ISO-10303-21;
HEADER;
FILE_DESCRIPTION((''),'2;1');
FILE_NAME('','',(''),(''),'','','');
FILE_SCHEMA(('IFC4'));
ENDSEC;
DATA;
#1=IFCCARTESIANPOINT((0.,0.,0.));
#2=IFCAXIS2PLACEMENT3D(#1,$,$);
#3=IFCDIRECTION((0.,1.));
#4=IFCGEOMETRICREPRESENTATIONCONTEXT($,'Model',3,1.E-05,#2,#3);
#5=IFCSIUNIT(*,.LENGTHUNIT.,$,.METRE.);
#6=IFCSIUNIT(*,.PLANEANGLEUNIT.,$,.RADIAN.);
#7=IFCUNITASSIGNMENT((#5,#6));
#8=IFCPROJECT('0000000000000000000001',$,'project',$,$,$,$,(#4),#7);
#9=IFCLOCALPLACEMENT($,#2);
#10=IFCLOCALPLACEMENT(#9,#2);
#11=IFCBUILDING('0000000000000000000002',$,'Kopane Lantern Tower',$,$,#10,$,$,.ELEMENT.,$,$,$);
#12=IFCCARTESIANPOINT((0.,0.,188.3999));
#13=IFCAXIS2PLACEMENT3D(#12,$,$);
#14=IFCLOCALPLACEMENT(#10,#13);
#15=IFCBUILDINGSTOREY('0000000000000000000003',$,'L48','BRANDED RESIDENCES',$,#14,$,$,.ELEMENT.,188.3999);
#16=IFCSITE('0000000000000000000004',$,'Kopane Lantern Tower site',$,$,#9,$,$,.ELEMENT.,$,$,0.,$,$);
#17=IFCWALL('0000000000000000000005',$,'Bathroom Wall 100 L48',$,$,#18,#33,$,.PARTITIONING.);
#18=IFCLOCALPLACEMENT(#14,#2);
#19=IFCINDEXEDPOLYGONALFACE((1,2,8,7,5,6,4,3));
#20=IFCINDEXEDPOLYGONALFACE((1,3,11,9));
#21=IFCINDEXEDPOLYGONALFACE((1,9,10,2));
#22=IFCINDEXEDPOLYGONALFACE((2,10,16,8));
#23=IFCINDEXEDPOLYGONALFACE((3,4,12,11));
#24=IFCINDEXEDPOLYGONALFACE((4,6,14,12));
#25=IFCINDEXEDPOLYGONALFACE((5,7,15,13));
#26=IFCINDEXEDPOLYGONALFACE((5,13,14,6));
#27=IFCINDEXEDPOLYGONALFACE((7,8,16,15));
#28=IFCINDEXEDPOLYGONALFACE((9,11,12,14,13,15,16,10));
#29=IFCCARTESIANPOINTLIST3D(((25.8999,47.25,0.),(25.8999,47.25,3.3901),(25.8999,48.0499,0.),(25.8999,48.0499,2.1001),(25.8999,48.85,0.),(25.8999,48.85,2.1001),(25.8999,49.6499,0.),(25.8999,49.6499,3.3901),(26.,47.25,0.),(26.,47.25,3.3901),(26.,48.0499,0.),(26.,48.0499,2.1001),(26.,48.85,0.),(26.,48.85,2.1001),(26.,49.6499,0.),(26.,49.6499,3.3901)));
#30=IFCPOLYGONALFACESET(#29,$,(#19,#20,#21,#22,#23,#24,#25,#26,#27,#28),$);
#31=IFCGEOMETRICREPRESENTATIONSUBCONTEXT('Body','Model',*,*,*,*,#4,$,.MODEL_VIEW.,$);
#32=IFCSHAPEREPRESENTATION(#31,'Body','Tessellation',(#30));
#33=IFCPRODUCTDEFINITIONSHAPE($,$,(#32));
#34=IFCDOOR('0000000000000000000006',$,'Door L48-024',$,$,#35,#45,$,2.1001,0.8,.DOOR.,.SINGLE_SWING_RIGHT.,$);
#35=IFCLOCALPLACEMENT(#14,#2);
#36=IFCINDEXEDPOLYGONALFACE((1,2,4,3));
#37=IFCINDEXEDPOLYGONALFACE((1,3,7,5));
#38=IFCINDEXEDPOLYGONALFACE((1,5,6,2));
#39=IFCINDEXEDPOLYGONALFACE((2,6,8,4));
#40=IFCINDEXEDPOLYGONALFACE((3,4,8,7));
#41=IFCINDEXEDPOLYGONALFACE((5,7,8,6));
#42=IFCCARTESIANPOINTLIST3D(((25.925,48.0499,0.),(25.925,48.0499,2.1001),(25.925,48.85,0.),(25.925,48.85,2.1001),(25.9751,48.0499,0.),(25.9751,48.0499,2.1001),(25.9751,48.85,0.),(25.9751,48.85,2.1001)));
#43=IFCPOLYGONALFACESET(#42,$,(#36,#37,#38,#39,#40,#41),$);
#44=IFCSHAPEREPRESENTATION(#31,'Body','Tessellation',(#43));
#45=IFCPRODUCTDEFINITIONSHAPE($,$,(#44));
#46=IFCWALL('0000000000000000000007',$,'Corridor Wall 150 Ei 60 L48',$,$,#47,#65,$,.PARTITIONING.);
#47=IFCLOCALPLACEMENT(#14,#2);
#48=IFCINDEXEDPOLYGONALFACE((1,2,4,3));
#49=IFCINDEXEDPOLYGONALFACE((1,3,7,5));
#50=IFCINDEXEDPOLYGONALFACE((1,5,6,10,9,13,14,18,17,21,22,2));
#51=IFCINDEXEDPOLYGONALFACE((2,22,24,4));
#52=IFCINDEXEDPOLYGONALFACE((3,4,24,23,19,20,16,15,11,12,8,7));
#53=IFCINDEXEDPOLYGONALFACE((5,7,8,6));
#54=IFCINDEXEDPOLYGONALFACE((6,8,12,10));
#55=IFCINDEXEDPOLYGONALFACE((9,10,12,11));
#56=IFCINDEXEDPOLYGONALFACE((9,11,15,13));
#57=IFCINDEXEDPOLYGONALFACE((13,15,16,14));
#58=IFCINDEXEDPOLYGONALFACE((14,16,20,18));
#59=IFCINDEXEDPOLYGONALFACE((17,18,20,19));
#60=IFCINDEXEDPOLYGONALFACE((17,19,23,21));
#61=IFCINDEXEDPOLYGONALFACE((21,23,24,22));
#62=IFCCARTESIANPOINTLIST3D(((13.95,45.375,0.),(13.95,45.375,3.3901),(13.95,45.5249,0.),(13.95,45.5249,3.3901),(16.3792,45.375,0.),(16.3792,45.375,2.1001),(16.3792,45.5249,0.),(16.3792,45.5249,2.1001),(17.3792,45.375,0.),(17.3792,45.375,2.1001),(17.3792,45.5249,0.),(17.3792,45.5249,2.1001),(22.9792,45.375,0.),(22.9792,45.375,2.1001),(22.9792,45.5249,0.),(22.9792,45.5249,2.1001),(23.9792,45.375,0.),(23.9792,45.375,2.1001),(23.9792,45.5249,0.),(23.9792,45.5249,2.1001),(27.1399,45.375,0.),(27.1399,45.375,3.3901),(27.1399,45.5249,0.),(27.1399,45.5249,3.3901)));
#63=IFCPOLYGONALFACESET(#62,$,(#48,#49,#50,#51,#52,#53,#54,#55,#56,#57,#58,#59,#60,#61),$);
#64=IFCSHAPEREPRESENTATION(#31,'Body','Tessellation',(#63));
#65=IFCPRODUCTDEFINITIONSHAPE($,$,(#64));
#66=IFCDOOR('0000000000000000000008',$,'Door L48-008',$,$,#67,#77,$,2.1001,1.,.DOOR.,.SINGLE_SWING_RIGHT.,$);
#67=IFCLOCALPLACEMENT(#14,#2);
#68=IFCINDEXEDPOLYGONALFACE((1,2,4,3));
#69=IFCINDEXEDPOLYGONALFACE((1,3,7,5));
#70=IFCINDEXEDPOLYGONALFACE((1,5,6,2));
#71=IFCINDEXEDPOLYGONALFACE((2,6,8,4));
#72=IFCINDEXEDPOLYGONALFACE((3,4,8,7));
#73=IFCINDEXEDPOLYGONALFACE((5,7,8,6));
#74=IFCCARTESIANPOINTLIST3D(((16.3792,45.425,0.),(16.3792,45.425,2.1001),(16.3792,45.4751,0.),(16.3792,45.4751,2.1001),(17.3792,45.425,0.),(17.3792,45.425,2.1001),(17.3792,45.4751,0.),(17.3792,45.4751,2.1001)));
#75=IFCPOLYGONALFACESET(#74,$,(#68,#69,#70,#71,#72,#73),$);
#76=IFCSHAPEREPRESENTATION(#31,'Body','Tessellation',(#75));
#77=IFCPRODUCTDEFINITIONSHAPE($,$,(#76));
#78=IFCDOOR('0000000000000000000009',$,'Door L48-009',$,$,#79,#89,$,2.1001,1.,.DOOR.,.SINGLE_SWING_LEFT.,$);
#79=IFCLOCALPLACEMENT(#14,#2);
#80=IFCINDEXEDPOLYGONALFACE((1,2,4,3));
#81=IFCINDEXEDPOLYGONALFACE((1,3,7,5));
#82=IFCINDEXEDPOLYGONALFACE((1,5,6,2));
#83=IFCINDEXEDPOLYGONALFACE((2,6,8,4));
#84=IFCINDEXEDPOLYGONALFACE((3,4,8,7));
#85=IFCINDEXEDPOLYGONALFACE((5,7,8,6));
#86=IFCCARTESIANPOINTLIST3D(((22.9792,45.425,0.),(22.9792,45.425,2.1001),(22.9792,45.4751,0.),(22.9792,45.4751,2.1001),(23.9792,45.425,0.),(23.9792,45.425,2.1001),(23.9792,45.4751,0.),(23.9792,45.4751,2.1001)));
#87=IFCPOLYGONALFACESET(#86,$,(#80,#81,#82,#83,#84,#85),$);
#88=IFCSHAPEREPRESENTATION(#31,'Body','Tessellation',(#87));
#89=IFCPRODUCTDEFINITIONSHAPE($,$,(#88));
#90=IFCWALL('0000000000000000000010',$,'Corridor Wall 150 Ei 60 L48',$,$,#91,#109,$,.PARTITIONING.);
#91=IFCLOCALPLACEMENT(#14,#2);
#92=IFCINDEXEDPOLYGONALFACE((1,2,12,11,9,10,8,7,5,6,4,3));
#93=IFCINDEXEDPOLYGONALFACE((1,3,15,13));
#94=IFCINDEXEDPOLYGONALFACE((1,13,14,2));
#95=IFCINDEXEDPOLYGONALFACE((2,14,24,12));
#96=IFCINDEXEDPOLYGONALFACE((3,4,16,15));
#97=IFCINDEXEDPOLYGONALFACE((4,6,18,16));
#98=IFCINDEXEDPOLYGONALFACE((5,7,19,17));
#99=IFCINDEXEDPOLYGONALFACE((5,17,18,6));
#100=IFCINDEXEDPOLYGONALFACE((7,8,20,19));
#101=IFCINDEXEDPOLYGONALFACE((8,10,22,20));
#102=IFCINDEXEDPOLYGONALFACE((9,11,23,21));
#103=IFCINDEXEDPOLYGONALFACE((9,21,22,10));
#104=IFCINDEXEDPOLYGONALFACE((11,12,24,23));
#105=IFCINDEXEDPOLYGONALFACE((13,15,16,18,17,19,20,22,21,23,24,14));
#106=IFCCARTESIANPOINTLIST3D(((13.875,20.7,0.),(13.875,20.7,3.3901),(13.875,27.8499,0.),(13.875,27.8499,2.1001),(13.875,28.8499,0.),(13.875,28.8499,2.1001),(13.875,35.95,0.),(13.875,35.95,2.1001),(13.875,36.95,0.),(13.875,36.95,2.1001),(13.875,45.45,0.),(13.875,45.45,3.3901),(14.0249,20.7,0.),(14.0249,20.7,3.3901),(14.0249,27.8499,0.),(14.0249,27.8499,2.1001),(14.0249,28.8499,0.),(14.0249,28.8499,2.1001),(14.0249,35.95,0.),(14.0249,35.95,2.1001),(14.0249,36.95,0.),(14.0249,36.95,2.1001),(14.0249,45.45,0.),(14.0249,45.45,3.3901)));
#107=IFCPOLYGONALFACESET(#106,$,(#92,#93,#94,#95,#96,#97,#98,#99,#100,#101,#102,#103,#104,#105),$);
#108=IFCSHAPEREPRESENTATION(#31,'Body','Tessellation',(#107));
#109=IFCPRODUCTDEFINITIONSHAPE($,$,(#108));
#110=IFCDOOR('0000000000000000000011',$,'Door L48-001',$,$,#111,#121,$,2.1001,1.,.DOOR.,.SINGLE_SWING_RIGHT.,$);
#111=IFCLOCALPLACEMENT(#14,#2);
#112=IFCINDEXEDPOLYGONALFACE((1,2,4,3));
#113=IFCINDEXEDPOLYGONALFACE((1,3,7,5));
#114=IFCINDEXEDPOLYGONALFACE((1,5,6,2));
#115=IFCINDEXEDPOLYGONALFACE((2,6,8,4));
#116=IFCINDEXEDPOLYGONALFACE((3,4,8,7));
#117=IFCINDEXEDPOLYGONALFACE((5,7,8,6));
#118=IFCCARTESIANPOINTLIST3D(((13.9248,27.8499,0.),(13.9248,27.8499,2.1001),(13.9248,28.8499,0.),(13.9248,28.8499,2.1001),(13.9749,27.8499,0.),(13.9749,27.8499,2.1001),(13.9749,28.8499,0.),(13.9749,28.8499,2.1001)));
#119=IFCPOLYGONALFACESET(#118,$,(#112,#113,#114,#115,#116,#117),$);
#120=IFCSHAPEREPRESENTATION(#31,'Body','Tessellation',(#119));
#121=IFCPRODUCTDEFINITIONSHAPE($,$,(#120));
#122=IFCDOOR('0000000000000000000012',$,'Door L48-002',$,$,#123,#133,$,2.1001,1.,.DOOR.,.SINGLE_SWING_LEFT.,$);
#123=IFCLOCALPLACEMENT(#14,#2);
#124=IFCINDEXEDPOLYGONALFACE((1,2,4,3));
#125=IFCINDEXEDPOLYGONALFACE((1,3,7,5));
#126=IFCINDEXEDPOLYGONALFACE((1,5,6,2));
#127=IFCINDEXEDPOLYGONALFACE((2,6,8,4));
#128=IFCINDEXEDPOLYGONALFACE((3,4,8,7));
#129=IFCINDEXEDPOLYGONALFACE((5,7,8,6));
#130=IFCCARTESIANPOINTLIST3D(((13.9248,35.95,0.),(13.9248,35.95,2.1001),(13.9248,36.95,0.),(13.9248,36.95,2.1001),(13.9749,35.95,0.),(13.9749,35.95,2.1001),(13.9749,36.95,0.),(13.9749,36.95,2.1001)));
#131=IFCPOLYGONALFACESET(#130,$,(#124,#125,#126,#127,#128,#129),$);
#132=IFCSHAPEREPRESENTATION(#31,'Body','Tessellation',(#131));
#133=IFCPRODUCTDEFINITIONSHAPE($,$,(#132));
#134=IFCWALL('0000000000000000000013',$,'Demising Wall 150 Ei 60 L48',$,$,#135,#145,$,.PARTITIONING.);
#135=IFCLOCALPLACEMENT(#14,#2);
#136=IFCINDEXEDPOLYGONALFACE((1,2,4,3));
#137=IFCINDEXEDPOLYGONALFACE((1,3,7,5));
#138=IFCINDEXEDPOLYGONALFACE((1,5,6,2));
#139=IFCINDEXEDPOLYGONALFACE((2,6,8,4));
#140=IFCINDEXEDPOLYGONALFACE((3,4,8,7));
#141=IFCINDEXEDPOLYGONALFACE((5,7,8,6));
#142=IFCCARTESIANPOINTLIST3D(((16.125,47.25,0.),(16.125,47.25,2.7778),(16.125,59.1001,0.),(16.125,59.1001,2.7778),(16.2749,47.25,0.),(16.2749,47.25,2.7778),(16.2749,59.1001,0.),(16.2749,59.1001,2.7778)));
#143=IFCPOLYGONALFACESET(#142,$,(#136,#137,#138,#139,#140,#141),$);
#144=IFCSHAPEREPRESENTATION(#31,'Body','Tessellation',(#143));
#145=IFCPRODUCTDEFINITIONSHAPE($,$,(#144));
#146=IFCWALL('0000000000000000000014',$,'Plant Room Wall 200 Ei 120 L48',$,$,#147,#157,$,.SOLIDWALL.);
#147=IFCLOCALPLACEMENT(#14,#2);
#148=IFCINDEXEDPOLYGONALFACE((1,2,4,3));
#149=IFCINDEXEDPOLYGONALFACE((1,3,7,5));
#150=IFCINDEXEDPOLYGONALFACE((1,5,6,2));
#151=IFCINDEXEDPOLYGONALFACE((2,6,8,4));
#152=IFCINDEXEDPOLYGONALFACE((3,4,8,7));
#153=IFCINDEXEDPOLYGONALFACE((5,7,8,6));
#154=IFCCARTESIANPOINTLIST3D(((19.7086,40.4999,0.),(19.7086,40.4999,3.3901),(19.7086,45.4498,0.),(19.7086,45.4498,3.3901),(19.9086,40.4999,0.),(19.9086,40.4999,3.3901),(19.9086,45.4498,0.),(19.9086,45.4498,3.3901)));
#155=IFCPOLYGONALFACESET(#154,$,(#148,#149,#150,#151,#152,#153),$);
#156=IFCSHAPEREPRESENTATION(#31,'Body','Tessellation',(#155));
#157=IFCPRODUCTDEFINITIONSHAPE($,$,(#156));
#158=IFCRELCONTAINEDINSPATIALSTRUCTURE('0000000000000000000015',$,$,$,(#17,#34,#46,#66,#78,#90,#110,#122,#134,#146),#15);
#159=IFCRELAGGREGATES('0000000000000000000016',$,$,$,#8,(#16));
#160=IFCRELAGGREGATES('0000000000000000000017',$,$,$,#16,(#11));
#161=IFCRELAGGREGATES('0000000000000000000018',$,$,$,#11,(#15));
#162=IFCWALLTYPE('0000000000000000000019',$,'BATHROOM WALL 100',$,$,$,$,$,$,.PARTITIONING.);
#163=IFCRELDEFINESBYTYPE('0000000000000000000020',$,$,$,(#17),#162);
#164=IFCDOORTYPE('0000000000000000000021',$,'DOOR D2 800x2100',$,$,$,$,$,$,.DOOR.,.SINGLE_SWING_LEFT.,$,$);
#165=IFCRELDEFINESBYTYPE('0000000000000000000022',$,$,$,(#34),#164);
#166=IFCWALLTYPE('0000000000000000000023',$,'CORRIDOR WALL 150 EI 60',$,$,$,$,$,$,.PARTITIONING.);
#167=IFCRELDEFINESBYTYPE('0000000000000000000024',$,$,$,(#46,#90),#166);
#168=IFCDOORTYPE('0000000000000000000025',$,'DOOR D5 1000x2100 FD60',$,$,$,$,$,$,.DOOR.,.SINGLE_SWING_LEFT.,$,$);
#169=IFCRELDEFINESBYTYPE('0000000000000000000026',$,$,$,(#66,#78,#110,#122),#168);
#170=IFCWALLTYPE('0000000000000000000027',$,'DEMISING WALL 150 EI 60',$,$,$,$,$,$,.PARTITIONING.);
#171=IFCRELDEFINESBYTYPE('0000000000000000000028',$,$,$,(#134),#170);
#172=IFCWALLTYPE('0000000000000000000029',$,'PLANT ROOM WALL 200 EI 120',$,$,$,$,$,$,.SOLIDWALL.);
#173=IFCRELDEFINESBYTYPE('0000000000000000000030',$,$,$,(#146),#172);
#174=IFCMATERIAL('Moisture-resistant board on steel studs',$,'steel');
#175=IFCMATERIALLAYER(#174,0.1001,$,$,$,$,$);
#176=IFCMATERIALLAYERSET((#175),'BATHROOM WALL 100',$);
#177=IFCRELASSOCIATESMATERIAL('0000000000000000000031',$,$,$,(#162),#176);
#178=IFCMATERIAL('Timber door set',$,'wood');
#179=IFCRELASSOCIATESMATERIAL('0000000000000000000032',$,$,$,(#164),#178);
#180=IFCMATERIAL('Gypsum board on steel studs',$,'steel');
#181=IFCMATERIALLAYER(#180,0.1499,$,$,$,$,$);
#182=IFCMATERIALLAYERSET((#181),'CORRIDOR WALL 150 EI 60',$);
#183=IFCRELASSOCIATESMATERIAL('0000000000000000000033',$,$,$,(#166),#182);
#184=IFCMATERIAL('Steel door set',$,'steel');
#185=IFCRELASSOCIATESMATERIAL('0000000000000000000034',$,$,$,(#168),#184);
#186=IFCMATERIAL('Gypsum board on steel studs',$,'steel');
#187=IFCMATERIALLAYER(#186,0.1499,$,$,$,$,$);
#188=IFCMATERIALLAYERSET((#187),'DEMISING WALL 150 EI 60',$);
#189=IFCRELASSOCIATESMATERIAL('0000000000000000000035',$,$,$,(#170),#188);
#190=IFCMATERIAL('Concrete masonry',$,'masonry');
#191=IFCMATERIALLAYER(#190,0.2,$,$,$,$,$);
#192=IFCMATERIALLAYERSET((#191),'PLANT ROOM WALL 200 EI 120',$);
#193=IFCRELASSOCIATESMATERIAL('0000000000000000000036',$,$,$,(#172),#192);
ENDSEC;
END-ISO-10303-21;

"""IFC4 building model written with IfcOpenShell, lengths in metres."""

from ifc_helpers import new_model, si_unit, direction, frame, frame_2d, origin, place, context, subcontext, project, spatial, rectangle, extrude, material, layer, layer_set, type_object, element, fill, save


model = new_model("IFC4")

# Units and contexts
model_context = context("Model", 3, precision=1e-05, world=origin(), true_north=direction((0.0, 1.0)))
body_context = subcontext(model_context, "Body", "Model", "MODEL_VIEW")
ifc_project = project(units=[si_unit("LENGTHUNIT", "METRE"), si_unit("PLANEANGLEUNIT", "RADIAN")], contexts=[model_context])

# Site, building, storey
site_placement = place(None, origin())
site = spatial("IfcSite", under=ifc_project, at=site_placement, Name="Kopane Lantern Tower site", CompositionType="ELEMENT", RefElevation=0.0)
building_placement = place(site_placement, origin())
building = spatial("IfcBuilding", under=site, at=building_placement, Name="Kopane Lantern Tower", CompositionType="ELEMENT")
storey_placement = place(building_placement, frame((0.0, 0.0, 188.3999)))
storey = spatial("IfcBuildingStorey", under=building, at=storey_placement, Name="L48", Description="BRANDED RESIDENCES", CompositionType="ELEMENT", Elevation=188.3999)

# Wall, opening, door
ifc_material_1 = material(Name="Moisture-resistant board on steel studs", Category="steel")
ifc_layer_1 = layer(ifc_material_1, 0.1001)
ifc_layer_set_1 = layer_set([ifc_layer_1], Name="BATHROOM WALL 100")
wall_type_1 = type_object("IfcWallType", Name="BATHROOM WALL 100", PredefinedType="PARTITIONING", material=ifc_layer_set_1)
wall_1_placement = place(storey_placement, frame((25.95, 47.25, 0.0), z_axis=(0.0, 0.0, 1.0), x_axis=(0.0, 1.0, 0.0)))
wall_1 = element("IfcWall", 1, at=wall_1_placement, inside=storey, type_object=wall_type_1, Name="Bathroom Wall 100 L48", PredefinedType="PARTITIONING", context=body_context, shape_type="SweptSolid", body=[
    extrude(rectangle(XDim=2.3999, YDim=0.1001, at=frame_2d((1.2, 0.0))), origin(), (0.0, 0.0, 1.0), 3.3901),
])
opening_1_placement = place(wall_1_placement, frame((0.8, 0.0, 0.0)))
opening_1 = element("IfcOpeningElement", 2, at=opening_1_placement, cuts=wall_1, PredefinedType="OPENING", context=body_context, shape_type="SweptSolid", body=[
    extrude(rectangle(XDim=0.8, YDim=2.1001, at=frame_2d((0.3999, 1.05))), frame((0.0, 0.0601, 0.0), z_axis=(0.0, -1.0, 0.0), x_axis=(1.0, 0.0, 0.0)), (0.0, 0.0, 1.0), 0.1201),
])
ifc_material_2 = material(Name="Timber door set", Category="wood")
door_type_1 = type_object("IfcDoorType", Name="DOOR D2 800x2100", OperationType="SINGLE_SWING_LEFT", PredefinedType="DOOR", material=ifc_material_2)
door_1_placement = place(opening_1_placement, origin())
door_1 = element("IfcDoor", 3, at=door_1_placement, inside=storey, type_object=door_type_1, Name="Door L48-024", OperationType="SINGLE_SWING_RIGHT", OverallHeight=2.1001, OverallWidth=0.8, PredefinedType="DOOR", context=body_context, shape_type="SweptSolid", body=[
    extrude(rectangle(XDim=0.8, YDim=2.1001, at=frame_2d((0.3999, 1.05))), frame((0.0, 0.0249, 0.0), z_axis=(0.0, -1.0, 0.0), x_axis=(1.0, 0.0, 0.0)), (0.0, 0.0, 1.0), 0.05),
])
fill(opening_1, door_1)

# Walls, openings, doors
ifc_material_3 = material(Name="Gypsum board on steel studs", Category="steel")
ifc_layer_2 = layer(ifc_material_3, 0.1499)
ifc_layer_set_2 = layer_set([ifc_layer_2], Name="CORRIDOR WALL 150 EI 60")
wall_type_2 = type_object("IfcWallType", Name="CORRIDOR WALL 150 EI 60", PredefinedType="PARTITIONING", material=ifc_layer_set_2)
wall_2_placement = place(storey_placement, frame((27.1399, 45.45, 0.0), z_axis=(0.0, 0.0, 1.0), x_axis=(-1.0, 0.0, 0.0)))
wall_2 = element("IfcWall", 4, at=wall_2_placement, inside=storey, type_object=wall_type_2, Name="Corridor Wall 150 Ei 60 L48", PredefinedType="PARTITIONING", context=body_context, shape_type="SweptSolid", body=[
    extrude(rectangle(XDim=13.1899, YDim=0.1499, at=frame_2d((6.595, 0.0))), origin(), (0.0, 0.0, 1.0), 3.3901),
])
opening_2_placement = place(wall_2_placement, frame((9.7607, 0.0, 0.0)))
opening_2 = element("IfcOpeningElement", 5, at=opening_2_placement, cuts=wall_2, PredefinedType="OPENING", context=body_context, shape_type="SweptSolid", body=[
    extrude(rectangle(XDim=1.0, YDim=2.1001, at=frame_2d((0.5, 1.05))), frame((0.0, 0.085, 0.0), z_axis=(0.0, -1.0, 0.0), x_axis=(1.0, 0.0, 0.0)), (0.0, 0.0, 1.0), 0.1699),
])
opening_3_placement = place(wall_2_placement, frame((3.1606, 0.0, 0.0)))
opening_3 = element("IfcOpeningElement", 6, at=opening_3_placement, cuts=wall_2, PredefinedType="OPENING", context=body_context, shape_type="SweptSolid", body=[
    extrude(rectangle(XDim=1.0, YDim=2.1001, at=frame_2d((0.5, 1.05))), frame((0.0, 0.085, 0.0), z_axis=(0.0, -1.0, 0.0), x_axis=(1.0, 0.0, 0.0)), (0.0, 0.0, 1.0), 0.1699),
])
ifc_material_4 = material(Name="Steel door set", Category="steel")
door_type_2 = type_object("IfcDoorType", Name="DOOR D5 1000x2100 FD60", OperationType="SINGLE_SWING_LEFT", PredefinedType="DOOR", material=ifc_material_4)
door_2_placement = place(opening_2_placement, origin())
door_2 = element("IfcDoor", 7, at=door_2_placement, inside=storey, type_object=door_type_2, Name="Door L48-008", OperationType="SINGLE_SWING_RIGHT", OverallHeight=2.1001, OverallWidth=1.0, PredefinedType="DOOR", context=body_context, shape_type="SweptSolid", body=[
    extrude(rectangle(XDim=1.0, YDim=2.1001, at=frame_2d((0.5, 1.05))), frame((0.0, 0.0249, 0.0), z_axis=(0.0, -1.0, 0.0), x_axis=(1.0, 0.0, 0.0)), (0.0, 0.0, 1.0), 0.05),
])
fill(opening_2, door_2)
door_3_placement = place(opening_3_placement, origin())
door_3 = element("IfcDoor", 8, at=door_3_placement, inside=storey, type_object=door_type_2, Name="Door L48-009", OperationType="SINGLE_SWING_LEFT", OverallHeight=2.1001, OverallWidth=1.0, PredefinedType="DOOR", context=body_context, shape_type="SweptSolid", body=[
    extrude(rectangle(XDim=1.0, YDim=2.1001, at=frame_2d((0.5, 1.05))), frame((0.0, 0.0249, 0.0), z_axis=(0.0, -1.0, 0.0), x_axis=(1.0, 0.0, 0.0)), (0.0, 0.0, 1.0), 0.05),
])
fill(opening_3, door_3)
wall_3_placement = place(storey_placement, frame((13.95, 45.45, 0.0), z_axis=(0.0, 0.0, 1.0), x_axis=(0.0, -1.0, 0.0)))
wall_3 = element("IfcWall", 9, at=wall_3_placement, inside=storey, type_object=wall_type_2, Name="Corridor Wall 150 Ei 60 L48", PredefinedType="PARTITIONING", context=body_context, shape_type="SweptSolid", body=[
    extrude(rectangle(XDim=24.75, YDim=0.1499, at=frame_2d((12.375, 0.0))), origin(), (0.0, 0.0, 1.0), 3.3901),
])
opening_4_placement = place(wall_3_placement, frame((16.6001, 0.0, 0.0)))
opening_4 = element("IfcOpeningElement", 10, at=opening_4_placement, cuts=wall_3, PredefinedType="OPENING", context=body_context, shape_type="SweptSolid", body=[
    extrude(rectangle(XDim=1.0, YDim=2.1001, at=frame_2d((0.5, 1.05))), frame((0.0, 0.085, 0.0), z_axis=(0.0, -1.0, 0.0), x_axis=(1.0, 0.0, 0.0)), (0.0, 0.0, 1.0), 0.1699),
])
opening_5_placement = place(wall_3_placement, frame((8.5, 0.0, 0.0)))
opening_5 = element("IfcOpeningElement", 11, at=opening_5_placement, cuts=wall_3, PredefinedType="OPENING", context=body_context, shape_type="SweptSolid", body=[
    extrude(rectangle(XDim=1.0, YDim=2.1001, at=frame_2d((0.5, 1.05))), frame((0.0, 0.085, 0.0), z_axis=(0.0, -1.0, 0.0), x_axis=(1.0, 0.0, 0.0)), (0.0, 0.0, 1.0), 0.1699),
])
door_4_placement = place(opening_4_placement, origin())
door_4 = element("IfcDoor", 12, at=door_4_placement, inside=storey, type_object=door_type_2, Name="Door L48-001", OperationType="SINGLE_SWING_RIGHT", OverallHeight=2.1001, OverallWidth=1.0, PredefinedType="DOOR", context=body_context, shape_type="SweptSolid", body=[
    extrude(rectangle(XDim=1.0, YDim=2.1001, at=frame_2d((0.5, 1.05))), frame((0.0, 0.0249, 0.0), z_axis=(0.0, -1.0, 0.0), x_axis=(1.0, 0.0, 0.0)), (0.0, 0.0, 1.0), 0.05),
])
fill(opening_4, door_4)
door_5_placement = place(opening_5_placement, origin())
door_5 = element("IfcDoor", 13, at=door_5_placement, inside=storey, type_object=door_type_2, Name="Door L48-002", OperationType="SINGLE_SWING_LEFT", OverallHeight=2.1001, OverallWidth=1.0, PredefinedType="DOOR", context=body_context, shape_type="SweptSolid", body=[
    extrude(rectangle(XDim=1.0, YDim=2.1001, at=frame_2d((0.5, 1.05))), frame((0.0, 0.0249, 0.0), z_axis=(0.0, -1.0, 0.0), x_axis=(1.0, 0.0, 0.0)), (0.0, 0.0, 1.0), 0.05),
])
fill(opening_5, door_5)

# Walls
ifc_material_5 = material(Name="Gypsum board on steel studs", Category="steel")
ifc_layer_3 = layer(ifc_material_5, 0.1499)
ifc_layer_set_3 = layer_set([ifc_layer_3], Name="DEMISING WALL 150 EI 60")
wall_type_3 = type_object("IfcWallType", Name="DEMISING WALL 150 EI 60", PredefinedType="PARTITIONING", material=ifc_layer_set_3)
wall_4_placement = place(storey_placement, frame((16.2, 47.25, 0.0), z_axis=(0.0, 0.0, 1.0), x_axis=(0.0, 1.0, 0.0)))
element("IfcWall", 14, at=wall_4_placement, inside=storey, type_object=wall_type_3, Name="Demising Wall 150 Ei 60 L48", PredefinedType="PARTITIONING", context=body_context, shape_type="SweptSolid", body=[
    extrude(rectangle(XDim=11.8501, YDim=0.1499, at=frame_2d((5.925, 0.0))), origin(), (0.0, 0.0, 1.0), 2.7778),
])
ifc_material_6 = material(Name="Concrete masonry", Category="masonry")
ifc_layer_4 = layer(ifc_material_6, 0.2)
ifc_layer_set_4 = layer_set([ifc_layer_4], Name="PLANT ROOM WALL 200 EI 120")
wall_type_4 = type_object("IfcWallType", Name="PLANT ROOM WALL 200 EI 120", PredefinedType="SOLIDWALL", material=ifc_layer_set_4)
wall_5_placement = place(storey_placement, frame((19.8086, 45.45, 0.0), z_axis=(0.0, 0.0, 1.0), x_axis=(0.0, -1.0, 0.0)))
element("IfcWall", 15, at=wall_5_placement, inside=storey, type_object=wall_type_4, Name="Plant Room Wall 200 Ei 120 L48", PredefinedType="SOLIDWALL", context=body_context, shape_type="SweptSolid", body=[
    extrude(rectangle(XDim=4.95, YDim=0.2, at=frame_2d((2.4751, 0.0))), origin(), (0.0, 0.0, 1.0), 3.3901),
])

save(model, "model.ifc")
